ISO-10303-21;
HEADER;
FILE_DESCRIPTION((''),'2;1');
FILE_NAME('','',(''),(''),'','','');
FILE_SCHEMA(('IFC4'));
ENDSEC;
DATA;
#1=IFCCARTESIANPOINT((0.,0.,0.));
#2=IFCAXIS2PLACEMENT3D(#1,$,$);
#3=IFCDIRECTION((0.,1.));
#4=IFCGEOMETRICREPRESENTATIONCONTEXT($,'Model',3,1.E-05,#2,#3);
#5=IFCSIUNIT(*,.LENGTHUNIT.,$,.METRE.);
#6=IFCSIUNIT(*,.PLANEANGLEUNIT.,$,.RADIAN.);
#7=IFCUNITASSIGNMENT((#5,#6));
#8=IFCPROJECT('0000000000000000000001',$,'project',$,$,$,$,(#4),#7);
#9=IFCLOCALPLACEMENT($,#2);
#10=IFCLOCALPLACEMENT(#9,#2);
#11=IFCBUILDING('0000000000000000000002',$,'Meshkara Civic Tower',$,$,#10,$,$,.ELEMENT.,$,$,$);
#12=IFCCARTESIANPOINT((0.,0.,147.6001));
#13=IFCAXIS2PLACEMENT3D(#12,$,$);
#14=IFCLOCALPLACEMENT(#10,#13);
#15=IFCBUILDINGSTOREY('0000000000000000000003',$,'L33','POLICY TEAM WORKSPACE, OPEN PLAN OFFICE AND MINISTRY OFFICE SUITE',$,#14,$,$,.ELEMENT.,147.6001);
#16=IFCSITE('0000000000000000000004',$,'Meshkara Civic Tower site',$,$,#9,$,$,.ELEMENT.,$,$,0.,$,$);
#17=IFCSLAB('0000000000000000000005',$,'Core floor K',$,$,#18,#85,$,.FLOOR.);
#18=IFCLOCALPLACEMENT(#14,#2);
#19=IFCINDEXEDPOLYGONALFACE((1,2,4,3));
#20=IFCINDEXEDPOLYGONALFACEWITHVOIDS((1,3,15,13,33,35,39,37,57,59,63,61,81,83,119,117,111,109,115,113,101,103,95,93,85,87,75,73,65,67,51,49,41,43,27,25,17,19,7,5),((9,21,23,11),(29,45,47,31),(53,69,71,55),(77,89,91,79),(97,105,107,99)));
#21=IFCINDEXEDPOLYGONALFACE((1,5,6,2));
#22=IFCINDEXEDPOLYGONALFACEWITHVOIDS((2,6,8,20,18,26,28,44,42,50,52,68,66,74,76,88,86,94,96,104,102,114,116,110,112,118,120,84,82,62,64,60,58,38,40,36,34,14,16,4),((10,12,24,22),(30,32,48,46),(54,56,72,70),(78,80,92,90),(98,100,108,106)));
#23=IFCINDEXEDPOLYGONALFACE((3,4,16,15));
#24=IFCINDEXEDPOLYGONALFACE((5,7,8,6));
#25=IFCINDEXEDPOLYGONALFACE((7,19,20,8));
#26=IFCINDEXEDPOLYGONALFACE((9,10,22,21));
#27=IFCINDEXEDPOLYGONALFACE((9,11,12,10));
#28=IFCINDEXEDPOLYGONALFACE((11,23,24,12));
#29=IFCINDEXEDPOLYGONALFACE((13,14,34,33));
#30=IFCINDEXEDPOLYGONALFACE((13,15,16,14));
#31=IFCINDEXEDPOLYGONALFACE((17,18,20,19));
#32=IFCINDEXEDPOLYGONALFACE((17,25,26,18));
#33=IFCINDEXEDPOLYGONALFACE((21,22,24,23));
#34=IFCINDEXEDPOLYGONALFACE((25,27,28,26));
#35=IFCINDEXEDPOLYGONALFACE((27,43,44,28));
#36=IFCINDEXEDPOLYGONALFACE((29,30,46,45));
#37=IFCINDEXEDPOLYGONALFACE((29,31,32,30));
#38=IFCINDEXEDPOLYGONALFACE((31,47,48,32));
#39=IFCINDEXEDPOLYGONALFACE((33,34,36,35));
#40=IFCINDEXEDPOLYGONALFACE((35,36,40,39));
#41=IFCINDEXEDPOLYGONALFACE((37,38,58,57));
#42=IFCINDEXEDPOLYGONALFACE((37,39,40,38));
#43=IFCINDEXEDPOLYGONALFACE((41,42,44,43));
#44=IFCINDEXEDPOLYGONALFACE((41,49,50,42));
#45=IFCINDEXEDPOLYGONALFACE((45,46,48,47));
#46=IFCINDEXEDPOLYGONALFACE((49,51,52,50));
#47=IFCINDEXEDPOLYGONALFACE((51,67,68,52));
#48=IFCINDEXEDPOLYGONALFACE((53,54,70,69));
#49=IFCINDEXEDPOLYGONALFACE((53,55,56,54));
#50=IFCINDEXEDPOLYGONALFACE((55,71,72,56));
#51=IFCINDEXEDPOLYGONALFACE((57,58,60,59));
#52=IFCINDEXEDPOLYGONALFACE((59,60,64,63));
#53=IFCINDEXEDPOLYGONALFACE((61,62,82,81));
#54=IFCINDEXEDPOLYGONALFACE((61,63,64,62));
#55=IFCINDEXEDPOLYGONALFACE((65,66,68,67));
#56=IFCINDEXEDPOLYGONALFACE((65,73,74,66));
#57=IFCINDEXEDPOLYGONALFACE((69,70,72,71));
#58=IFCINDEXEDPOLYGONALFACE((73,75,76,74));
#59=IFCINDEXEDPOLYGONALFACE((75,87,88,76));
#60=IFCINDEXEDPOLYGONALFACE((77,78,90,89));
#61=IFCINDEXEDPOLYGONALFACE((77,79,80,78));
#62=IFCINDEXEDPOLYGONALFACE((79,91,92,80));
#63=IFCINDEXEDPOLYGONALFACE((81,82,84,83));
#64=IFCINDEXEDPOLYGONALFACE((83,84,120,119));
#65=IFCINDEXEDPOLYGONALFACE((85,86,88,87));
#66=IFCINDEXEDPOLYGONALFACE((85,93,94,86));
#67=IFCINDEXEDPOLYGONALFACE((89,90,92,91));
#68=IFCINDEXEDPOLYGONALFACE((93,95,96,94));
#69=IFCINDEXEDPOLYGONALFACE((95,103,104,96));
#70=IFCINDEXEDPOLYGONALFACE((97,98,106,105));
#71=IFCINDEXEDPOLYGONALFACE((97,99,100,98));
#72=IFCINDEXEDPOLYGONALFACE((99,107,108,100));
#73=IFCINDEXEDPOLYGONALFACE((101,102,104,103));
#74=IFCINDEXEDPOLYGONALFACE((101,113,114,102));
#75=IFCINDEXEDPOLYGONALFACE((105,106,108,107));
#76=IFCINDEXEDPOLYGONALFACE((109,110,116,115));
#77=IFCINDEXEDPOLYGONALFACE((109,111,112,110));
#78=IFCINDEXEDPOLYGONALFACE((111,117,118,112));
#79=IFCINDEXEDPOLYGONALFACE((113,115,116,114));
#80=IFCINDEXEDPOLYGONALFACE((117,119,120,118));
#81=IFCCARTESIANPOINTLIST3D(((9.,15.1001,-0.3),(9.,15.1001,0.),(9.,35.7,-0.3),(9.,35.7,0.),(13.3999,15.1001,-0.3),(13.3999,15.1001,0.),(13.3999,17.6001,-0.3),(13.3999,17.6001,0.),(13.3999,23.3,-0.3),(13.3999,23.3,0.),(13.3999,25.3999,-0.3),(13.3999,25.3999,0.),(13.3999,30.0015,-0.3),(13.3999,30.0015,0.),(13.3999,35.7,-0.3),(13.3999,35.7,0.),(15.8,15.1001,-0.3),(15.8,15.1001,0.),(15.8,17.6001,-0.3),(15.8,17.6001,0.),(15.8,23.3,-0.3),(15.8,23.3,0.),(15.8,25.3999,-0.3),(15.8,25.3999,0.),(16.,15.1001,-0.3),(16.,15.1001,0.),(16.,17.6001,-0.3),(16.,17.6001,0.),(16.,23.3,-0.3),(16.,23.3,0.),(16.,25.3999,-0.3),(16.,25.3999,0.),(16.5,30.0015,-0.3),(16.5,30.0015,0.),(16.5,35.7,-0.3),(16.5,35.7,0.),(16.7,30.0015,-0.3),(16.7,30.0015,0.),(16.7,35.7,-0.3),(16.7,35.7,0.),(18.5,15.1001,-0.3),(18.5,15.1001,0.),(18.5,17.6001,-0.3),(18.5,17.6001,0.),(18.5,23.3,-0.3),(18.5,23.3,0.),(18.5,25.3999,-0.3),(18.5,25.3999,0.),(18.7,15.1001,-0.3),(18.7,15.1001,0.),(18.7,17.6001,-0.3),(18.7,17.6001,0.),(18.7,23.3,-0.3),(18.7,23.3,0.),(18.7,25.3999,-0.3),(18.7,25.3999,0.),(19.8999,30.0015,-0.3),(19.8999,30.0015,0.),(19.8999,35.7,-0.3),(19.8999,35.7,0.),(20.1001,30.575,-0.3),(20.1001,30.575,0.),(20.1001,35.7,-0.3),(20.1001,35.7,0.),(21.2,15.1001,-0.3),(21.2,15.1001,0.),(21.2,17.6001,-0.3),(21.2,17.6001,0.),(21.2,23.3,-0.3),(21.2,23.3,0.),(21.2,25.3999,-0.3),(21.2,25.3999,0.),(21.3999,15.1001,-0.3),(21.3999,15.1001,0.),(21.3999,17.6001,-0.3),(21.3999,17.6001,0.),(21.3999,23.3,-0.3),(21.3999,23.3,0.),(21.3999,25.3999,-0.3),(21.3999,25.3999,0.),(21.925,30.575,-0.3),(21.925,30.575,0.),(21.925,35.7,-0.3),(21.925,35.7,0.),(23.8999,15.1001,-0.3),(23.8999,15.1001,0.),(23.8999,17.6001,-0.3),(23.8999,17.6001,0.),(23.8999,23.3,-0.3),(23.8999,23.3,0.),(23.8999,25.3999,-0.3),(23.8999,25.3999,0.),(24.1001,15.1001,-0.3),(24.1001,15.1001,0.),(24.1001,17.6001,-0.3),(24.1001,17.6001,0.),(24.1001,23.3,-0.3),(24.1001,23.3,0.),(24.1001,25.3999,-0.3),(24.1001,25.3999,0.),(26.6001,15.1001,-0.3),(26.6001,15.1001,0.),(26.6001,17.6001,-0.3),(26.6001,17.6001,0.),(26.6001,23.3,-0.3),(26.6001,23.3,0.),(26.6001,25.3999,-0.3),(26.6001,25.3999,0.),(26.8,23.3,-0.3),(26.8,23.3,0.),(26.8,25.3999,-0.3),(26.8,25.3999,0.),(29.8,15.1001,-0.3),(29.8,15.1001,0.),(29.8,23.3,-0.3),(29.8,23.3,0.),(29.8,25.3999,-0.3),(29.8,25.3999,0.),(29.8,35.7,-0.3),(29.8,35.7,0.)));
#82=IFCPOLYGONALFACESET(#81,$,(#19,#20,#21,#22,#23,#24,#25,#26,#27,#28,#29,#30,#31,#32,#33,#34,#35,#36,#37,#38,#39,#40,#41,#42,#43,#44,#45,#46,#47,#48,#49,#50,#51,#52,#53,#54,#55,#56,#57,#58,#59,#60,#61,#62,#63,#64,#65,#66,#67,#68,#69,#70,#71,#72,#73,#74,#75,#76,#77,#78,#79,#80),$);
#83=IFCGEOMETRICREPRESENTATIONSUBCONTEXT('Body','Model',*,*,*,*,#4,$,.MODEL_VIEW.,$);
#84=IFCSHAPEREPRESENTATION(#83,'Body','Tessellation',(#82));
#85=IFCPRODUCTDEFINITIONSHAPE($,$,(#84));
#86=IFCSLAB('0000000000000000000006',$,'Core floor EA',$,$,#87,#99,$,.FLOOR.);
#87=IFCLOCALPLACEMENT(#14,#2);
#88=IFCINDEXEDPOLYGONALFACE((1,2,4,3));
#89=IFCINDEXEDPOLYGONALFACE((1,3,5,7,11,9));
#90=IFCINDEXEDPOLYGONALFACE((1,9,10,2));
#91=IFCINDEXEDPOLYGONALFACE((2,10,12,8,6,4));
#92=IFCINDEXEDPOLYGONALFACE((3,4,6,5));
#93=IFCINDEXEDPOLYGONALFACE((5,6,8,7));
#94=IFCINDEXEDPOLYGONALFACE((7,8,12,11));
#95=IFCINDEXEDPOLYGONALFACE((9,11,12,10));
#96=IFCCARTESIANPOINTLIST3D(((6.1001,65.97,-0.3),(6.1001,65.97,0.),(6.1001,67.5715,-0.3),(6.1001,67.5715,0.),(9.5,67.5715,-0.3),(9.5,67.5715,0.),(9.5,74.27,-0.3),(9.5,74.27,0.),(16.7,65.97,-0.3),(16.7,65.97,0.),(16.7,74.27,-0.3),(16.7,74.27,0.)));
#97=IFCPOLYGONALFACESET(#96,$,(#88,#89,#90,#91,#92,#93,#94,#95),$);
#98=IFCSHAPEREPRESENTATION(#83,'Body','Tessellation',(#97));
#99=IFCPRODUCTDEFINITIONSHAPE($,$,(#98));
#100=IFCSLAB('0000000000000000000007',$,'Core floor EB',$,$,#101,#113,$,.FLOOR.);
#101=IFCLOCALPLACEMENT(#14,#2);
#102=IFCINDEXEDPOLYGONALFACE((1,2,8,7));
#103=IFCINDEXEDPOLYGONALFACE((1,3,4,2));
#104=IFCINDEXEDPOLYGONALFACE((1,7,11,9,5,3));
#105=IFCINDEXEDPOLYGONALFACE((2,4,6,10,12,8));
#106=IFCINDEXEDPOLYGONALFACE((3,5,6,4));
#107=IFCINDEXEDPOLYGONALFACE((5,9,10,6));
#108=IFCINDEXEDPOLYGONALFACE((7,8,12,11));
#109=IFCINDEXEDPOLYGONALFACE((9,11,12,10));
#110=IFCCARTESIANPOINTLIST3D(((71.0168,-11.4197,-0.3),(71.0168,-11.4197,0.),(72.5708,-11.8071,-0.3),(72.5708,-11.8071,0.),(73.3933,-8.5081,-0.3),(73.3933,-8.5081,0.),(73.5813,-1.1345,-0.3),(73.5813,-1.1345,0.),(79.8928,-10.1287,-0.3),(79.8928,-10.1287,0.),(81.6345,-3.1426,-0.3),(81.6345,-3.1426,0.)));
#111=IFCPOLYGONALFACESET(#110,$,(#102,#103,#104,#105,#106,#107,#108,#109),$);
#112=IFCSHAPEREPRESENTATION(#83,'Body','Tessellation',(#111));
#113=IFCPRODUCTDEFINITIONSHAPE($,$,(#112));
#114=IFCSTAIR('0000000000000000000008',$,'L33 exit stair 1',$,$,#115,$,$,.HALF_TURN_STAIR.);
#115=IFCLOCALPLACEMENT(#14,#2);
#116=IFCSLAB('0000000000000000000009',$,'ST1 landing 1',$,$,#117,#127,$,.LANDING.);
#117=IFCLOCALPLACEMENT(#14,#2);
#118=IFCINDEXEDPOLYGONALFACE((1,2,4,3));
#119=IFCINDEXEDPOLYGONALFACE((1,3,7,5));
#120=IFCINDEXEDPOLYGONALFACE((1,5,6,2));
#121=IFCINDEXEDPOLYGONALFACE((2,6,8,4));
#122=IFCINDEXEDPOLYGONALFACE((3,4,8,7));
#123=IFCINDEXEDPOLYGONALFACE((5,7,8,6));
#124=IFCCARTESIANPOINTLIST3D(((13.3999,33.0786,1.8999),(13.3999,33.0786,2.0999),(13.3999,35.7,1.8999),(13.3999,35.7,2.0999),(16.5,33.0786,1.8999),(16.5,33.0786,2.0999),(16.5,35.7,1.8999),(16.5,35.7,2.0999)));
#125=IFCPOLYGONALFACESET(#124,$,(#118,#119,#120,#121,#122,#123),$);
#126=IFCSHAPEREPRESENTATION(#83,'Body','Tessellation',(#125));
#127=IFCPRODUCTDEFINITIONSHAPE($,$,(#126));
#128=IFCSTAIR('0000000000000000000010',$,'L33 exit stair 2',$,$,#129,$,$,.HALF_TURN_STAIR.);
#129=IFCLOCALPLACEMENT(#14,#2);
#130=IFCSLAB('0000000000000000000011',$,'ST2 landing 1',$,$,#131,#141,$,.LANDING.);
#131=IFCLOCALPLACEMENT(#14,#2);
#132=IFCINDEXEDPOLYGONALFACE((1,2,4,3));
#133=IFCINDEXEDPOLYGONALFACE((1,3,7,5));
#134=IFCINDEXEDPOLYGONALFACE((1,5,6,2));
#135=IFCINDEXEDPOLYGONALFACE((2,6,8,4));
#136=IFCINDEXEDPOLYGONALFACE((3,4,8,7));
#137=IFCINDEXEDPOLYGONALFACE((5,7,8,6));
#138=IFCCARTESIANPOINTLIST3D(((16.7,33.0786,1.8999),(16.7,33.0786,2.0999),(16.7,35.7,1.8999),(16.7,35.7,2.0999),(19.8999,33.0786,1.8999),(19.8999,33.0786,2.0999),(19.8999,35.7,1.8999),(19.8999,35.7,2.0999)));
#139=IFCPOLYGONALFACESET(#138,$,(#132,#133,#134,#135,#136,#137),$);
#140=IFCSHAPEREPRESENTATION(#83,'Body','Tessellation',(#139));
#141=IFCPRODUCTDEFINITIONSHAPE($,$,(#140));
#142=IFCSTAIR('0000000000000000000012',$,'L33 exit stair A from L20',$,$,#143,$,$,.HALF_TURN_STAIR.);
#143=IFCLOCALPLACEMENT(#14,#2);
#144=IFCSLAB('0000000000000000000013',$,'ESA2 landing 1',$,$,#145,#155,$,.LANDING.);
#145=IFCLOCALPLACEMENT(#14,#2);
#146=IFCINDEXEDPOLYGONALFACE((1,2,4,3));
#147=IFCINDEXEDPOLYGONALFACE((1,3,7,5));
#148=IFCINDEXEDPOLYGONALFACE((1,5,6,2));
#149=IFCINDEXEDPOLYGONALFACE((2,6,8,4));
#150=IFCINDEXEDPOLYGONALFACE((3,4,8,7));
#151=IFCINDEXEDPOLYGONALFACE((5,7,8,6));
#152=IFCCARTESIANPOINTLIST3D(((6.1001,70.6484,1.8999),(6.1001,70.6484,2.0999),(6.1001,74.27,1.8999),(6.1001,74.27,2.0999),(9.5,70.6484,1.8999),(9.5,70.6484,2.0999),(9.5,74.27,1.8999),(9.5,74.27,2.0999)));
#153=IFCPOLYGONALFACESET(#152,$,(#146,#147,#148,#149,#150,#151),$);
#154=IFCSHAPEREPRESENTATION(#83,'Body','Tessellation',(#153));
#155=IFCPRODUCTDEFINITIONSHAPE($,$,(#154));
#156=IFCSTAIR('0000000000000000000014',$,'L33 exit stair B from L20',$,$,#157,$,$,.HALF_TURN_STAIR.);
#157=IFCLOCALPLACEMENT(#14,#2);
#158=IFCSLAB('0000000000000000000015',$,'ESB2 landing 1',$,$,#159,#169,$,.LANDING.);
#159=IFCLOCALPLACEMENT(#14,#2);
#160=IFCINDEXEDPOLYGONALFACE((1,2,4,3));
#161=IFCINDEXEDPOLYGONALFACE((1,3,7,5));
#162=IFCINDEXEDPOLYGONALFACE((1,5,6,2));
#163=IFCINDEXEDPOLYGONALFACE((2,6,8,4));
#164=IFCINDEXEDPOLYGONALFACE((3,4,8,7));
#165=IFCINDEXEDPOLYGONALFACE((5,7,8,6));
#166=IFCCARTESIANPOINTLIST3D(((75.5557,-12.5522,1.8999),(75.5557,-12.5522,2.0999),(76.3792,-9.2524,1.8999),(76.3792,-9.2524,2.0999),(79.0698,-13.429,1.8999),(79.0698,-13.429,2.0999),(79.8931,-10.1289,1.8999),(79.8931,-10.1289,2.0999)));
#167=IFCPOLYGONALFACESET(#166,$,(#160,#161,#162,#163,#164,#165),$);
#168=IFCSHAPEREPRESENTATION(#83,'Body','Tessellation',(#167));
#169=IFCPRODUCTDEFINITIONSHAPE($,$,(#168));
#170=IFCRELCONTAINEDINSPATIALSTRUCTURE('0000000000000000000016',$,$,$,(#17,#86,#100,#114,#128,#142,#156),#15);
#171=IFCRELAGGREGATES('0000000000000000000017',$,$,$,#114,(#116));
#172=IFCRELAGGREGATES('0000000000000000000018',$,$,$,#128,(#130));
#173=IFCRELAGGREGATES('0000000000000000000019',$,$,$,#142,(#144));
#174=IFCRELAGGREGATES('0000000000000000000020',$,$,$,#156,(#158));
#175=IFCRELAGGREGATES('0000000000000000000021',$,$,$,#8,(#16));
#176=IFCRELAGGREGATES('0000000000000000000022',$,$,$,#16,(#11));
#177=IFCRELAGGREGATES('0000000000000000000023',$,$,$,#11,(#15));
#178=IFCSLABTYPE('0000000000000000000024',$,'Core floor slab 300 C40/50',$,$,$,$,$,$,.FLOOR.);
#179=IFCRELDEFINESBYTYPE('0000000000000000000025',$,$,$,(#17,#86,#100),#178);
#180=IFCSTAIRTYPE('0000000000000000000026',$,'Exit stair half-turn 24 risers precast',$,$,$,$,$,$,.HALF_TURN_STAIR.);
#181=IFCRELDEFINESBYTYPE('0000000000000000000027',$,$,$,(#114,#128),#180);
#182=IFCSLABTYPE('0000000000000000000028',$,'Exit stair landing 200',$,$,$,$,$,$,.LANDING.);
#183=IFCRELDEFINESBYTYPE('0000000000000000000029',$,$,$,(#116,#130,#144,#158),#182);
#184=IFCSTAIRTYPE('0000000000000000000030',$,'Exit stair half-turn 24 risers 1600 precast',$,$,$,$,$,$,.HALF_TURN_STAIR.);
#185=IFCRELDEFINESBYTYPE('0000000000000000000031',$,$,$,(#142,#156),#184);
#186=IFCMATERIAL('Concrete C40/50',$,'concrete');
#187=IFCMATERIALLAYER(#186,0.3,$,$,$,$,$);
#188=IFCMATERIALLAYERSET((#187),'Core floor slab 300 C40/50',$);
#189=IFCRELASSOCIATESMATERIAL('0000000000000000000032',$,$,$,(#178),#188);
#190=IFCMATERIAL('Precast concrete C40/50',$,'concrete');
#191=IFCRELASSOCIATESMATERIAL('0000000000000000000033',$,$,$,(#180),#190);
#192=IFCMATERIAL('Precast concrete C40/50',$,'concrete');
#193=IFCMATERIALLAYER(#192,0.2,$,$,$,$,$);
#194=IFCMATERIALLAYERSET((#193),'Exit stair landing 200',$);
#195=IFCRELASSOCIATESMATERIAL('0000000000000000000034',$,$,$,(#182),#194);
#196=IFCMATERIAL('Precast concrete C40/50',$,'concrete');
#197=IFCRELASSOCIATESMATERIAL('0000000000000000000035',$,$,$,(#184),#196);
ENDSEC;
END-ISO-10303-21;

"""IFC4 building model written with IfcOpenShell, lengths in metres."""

from ifc_helpers import new_model, si_unit, direction, frame, origin, place, context, subcontext, project, spatial, polyline, outline, extrude, material, layer, layer_set, type_object, element, aggregate, save


model = new_model("IFC4")

# Units and contexts
model_context = context("Model", 3, precision=1e-05, world=origin(), true_north=direction((0.0, 1.0)))
body_context = subcontext(model_context, "Body", "Model", "MODEL_VIEW")
ifc_project = project(units=[si_unit("LENGTHUNIT", "METRE"), si_unit("PLANEANGLEUNIT", "RADIAN")], contexts=[model_context])

# Site, building, storey
site_placement = place(None, origin())
site = spatial("IfcSite", under=ifc_project, at=site_placement, Name="Meshkara Civic Tower site", CompositionType="ELEMENT", RefElevation=0.0)
building_placement = place(site_placement, origin())
building = spatial("IfcBuilding", under=site, at=building_placement, Name="Meshkara Civic Tower", CompositionType="ELEMENT")
storey_placement = place(building_placement, frame((0.0, 0.0, 147.6001)))
storey = spatial("IfcBuildingStorey", under=building, at=storey_placement, Name="L33", Description="POLICY TEAM WORKSPACE, OPEN PLAN OFFICE AND MINISTRY OFFICE SUITE", CompositionType="ELEMENT", Elevation=147.6001)

# Slabs
ifc_material_1 = material(Name="Concrete C40/50", Category="concrete")
ifc_layer_1 = layer(ifc_material_1, 0.3)
ifc_layer_set_1 = layer_set([ifc_layer_1], Name="Core floor slab 300 C40/50")
slab_type_1 = type_object("IfcSlabType", Name="Core floor slab 300 C40/50", PredefinedType="FLOOR", material=ifc_layer_set_1)
slab_1_placement = place(storey_placement, frame((0.0, 0.0, -0.3)))
element("IfcSlab", 1, at=slab_1_placement, inside=storey, type_object=slab_type_1, Name="Core floor K", PredefinedType="FLOOR", context=body_context, shape_type="SweptSolid", body=[
    extrude(outline(polyline([(9.0, 35.7), (13.3999, 35.7), (13.3999, 30.0015), (16.5, 30.0015), (16.5, 35.7), (16.7, 35.7), (16.7, 30.0015), (19.8999, 30.0015), (19.8999, 35.7), (20.1001, 35.7), (20.1001, 30.575), (21.925, 30.575), (21.925, 35.7), (29.8, 35.7), (29.8, 25.3999), (26.8, 25.3999), (26.8, 23.3), (29.8, 23.3), (29.8, 15.1001), (26.6001, 15.1001), (26.6001, 17.6001), (24.1001, 17.6001), (24.1001, 15.1001), (23.8999, 15.1001), (23.8999, 17.6001), (21.3999, 17.6001), (21.3999, 15.1001), (21.2, 15.1001), (21.2, 17.6001), (18.7, 17.6001), (18.7, 15.1001), (18.5, 15.1001), (18.5, 17.6001), (16.0, 17.6001), (16.0, 15.1001), (15.8, 15.1001), (15.8, 17.6001), (13.3999, 17.6001), (13.3999, 15.1001), (9.0, 15.1001), (9.0, 35.7)]), holes=[polyline([(15.8, 23.3), (15.8, 25.3999), (13.3999, 25.3999), (13.3999, 23.3), (15.8, 23.3)]), polyline([(16.0, 25.3999), (16.0, 23.3), (18.5, 23.3), (18.5, 25.3999), (16.0, 25.3999)]), polyline([(18.7, 25.3999), (18.7, 23.3), (21.2, 23.3), (21.2, 25.3999), (18.7, 25.3999)]), polyline([(21.3999, 23.3), (23.8999, 23.3), (23.8999, 25.3999), (21.3999, 25.3999), (21.3999, 23.3)]), polyline([(26.6001, 23.3), (26.6001, 25.3999), (24.1001, 25.3999), (24.1001, 23.3), (26.6001, 23.3)])]), origin(), (0.0, 0.0, 1.0), 0.3),
])
slab_2_placement = place(storey_placement, frame((0.0, 0.0, -0.3)))
element("IfcSlab", 2, at=slab_2_placement, inside=storey, type_object=slab_type_1, Name="Core floor EA", PredefinedType="FLOOR", context=body_context, shape_type="SweptSolid", body=[
    extrude(outline(polyline([(16.7, 65.97), (16.7, 74.27), (9.5, 74.27), (9.5, 67.5715), (6.1001, 67.5715), (6.1001, 65.97), (16.7, 65.97)])), origin(), (0.0, 0.0, 1.0), 0.3),
])
slab_3_placement = place(storey_placement, frame((0.0, 0.0, -0.3)))
element("IfcSlab", 3, at=slab_3_placement, inside=storey, type_object=slab_type_1, Name="Core floor EB", PredefinedType="FLOOR", context=body_context, shape_type="SweptSolid", body=[
    extrude(outline(polyline([(73.5813, -1.1345), (81.6345, -3.1426), (79.8928, -10.1287), (73.3933, -8.5081), (72.5708, -11.8071), (71.0168, -11.4197), (73.5813, -1.1345)])), origin(), (0.0, 0.0, 1.0), 0.3),
])

# Stairs, slabs
ifc_material_2 = material(Name="Precast concrete C40/50", Category="concrete")
stair_type_1 = type_object("IfcStairType", Name="Exit stair half-turn 24 risers precast", PredefinedType="HALF_TURN_STAIR", material=ifc_material_2)
stair_1_placement = place(storey_placement, origin())
stair_1 = element("IfcStair", 4, at=stair_1_placement, inside=storey, type_object=stair_type_1, Name="L33 exit stair 1", PredefinedType="HALF_TURN_STAIR")
ifc_material_3 = material(Name="Precast concrete C40/50", Category="concrete")
ifc_layer_2 = layer(ifc_material_3, 0.2)
ifc_layer_set_2 = layer_set([ifc_layer_2], Name="Exit stair landing 200")
slab_type_2 = type_object("IfcSlabType", Name="Exit stair landing 200", PredefinedType="LANDING", material=ifc_layer_set_2)
slab_4_placement = place(storey_placement, frame((0.0, 0.0, 1.8999)))
slab_4 = element("IfcSlab", 5, at=slab_4_placement, type_object=slab_type_2, Name="ST1 landing 1", PredefinedType="LANDING", context=body_context, shape_type="SweptSolid", body=[
    extrude(outline(polyline([(16.5, 33.0786), (16.5, 35.7), (13.3999, 35.7), (13.3999, 33.0786), (16.5, 33.0786)])), origin(), (0.0, 0.0, 1.0), 0.2),
])
aggregate(stair_1, [slab_4])
stair_2_placement = place(storey_placement, origin())
stair_2 = element("IfcStair", 6, at=stair_2_placement, inside=storey, type_object=stair_type_1, Name="L33 exit stair 2", PredefinedType="HALF_TURN_STAIR")
slab_5_placement = place(storey_placement, frame((0.0, 0.0, 1.8999)))
slab_5 = element("IfcSlab", 7, at=slab_5_placement, type_object=slab_type_2, Name="ST2 landing 1", PredefinedType="LANDING", context=body_context, shape_type="SweptSolid", body=[
    extrude(outline(polyline([(19.8999, 33.0786), (19.8999, 35.7), (16.7, 35.7), (16.7, 33.0786), (19.8999, 33.0786)])), origin(), (0.0, 0.0, 1.0), 0.2),
])
aggregate(stair_2, [slab_5])
ifc_material_4 = material(Name="Precast concrete C40/50", Category="concrete")
stair_type_2 = type_object("IfcStairType", Name="Exit stair half-turn 24 risers 1600 precast", PredefinedType="HALF_TURN_STAIR", material=ifc_material_4)
stair_3_placement = place(storey_placement, origin())
stair_3 = element("IfcStair", 8, at=stair_3_placement, inside=storey, type_object=stair_type_2, Name="L33 exit stair A from L20", PredefinedType="HALF_TURN_STAIR")
slab_6_placement = place(storey_placement, frame((0.0, 0.0, 1.8999)))
slab_6 = element("IfcSlab", 9, at=slab_6_placement, type_object=slab_type_2, Name="ESA2 landing 1", PredefinedType="LANDING", context=body_context, shape_type="SweptSolid", body=[
    extrude(outline(polyline([(9.5, 70.6484), (9.5, 74.27), (6.1001, 74.27), (6.1001, 70.6484), (9.5, 70.6484)])), origin(), (0.0, 0.0, 1.0), 0.2),
])
aggregate(stair_3, [slab_6])
stair_4_placement = place(storey_placement, origin())
stair_4 = element("IfcStair", 10, at=stair_4_placement, inside=storey, type_object=stair_type_2, Name="L33 exit stair B from L20", PredefinedType="HALF_TURN_STAIR")
slab_7_placement = place(storey_placement, frame((0.0, 0.0, 1.8999)))
slab_7 = element("IfcSlab", 11, at=slab_7_placement, type_object=slab_type_2, Name="ESB2 landing 1", PredefinedType="LANDING", context=body_context, shape_type="SweptSolid", body=[
    extrude(outline(polyline([(75.5557, -12.5522), (79.0698, -13.429), (79.8931, -10.1289), (76.3792, -9.2524), (75.5557, -12.5522)])), origin(), (0.0, 0.0, 1.0), 0.2),
])
aggregate(stair_4, [slab_7])

save(model, "model.ifc")
